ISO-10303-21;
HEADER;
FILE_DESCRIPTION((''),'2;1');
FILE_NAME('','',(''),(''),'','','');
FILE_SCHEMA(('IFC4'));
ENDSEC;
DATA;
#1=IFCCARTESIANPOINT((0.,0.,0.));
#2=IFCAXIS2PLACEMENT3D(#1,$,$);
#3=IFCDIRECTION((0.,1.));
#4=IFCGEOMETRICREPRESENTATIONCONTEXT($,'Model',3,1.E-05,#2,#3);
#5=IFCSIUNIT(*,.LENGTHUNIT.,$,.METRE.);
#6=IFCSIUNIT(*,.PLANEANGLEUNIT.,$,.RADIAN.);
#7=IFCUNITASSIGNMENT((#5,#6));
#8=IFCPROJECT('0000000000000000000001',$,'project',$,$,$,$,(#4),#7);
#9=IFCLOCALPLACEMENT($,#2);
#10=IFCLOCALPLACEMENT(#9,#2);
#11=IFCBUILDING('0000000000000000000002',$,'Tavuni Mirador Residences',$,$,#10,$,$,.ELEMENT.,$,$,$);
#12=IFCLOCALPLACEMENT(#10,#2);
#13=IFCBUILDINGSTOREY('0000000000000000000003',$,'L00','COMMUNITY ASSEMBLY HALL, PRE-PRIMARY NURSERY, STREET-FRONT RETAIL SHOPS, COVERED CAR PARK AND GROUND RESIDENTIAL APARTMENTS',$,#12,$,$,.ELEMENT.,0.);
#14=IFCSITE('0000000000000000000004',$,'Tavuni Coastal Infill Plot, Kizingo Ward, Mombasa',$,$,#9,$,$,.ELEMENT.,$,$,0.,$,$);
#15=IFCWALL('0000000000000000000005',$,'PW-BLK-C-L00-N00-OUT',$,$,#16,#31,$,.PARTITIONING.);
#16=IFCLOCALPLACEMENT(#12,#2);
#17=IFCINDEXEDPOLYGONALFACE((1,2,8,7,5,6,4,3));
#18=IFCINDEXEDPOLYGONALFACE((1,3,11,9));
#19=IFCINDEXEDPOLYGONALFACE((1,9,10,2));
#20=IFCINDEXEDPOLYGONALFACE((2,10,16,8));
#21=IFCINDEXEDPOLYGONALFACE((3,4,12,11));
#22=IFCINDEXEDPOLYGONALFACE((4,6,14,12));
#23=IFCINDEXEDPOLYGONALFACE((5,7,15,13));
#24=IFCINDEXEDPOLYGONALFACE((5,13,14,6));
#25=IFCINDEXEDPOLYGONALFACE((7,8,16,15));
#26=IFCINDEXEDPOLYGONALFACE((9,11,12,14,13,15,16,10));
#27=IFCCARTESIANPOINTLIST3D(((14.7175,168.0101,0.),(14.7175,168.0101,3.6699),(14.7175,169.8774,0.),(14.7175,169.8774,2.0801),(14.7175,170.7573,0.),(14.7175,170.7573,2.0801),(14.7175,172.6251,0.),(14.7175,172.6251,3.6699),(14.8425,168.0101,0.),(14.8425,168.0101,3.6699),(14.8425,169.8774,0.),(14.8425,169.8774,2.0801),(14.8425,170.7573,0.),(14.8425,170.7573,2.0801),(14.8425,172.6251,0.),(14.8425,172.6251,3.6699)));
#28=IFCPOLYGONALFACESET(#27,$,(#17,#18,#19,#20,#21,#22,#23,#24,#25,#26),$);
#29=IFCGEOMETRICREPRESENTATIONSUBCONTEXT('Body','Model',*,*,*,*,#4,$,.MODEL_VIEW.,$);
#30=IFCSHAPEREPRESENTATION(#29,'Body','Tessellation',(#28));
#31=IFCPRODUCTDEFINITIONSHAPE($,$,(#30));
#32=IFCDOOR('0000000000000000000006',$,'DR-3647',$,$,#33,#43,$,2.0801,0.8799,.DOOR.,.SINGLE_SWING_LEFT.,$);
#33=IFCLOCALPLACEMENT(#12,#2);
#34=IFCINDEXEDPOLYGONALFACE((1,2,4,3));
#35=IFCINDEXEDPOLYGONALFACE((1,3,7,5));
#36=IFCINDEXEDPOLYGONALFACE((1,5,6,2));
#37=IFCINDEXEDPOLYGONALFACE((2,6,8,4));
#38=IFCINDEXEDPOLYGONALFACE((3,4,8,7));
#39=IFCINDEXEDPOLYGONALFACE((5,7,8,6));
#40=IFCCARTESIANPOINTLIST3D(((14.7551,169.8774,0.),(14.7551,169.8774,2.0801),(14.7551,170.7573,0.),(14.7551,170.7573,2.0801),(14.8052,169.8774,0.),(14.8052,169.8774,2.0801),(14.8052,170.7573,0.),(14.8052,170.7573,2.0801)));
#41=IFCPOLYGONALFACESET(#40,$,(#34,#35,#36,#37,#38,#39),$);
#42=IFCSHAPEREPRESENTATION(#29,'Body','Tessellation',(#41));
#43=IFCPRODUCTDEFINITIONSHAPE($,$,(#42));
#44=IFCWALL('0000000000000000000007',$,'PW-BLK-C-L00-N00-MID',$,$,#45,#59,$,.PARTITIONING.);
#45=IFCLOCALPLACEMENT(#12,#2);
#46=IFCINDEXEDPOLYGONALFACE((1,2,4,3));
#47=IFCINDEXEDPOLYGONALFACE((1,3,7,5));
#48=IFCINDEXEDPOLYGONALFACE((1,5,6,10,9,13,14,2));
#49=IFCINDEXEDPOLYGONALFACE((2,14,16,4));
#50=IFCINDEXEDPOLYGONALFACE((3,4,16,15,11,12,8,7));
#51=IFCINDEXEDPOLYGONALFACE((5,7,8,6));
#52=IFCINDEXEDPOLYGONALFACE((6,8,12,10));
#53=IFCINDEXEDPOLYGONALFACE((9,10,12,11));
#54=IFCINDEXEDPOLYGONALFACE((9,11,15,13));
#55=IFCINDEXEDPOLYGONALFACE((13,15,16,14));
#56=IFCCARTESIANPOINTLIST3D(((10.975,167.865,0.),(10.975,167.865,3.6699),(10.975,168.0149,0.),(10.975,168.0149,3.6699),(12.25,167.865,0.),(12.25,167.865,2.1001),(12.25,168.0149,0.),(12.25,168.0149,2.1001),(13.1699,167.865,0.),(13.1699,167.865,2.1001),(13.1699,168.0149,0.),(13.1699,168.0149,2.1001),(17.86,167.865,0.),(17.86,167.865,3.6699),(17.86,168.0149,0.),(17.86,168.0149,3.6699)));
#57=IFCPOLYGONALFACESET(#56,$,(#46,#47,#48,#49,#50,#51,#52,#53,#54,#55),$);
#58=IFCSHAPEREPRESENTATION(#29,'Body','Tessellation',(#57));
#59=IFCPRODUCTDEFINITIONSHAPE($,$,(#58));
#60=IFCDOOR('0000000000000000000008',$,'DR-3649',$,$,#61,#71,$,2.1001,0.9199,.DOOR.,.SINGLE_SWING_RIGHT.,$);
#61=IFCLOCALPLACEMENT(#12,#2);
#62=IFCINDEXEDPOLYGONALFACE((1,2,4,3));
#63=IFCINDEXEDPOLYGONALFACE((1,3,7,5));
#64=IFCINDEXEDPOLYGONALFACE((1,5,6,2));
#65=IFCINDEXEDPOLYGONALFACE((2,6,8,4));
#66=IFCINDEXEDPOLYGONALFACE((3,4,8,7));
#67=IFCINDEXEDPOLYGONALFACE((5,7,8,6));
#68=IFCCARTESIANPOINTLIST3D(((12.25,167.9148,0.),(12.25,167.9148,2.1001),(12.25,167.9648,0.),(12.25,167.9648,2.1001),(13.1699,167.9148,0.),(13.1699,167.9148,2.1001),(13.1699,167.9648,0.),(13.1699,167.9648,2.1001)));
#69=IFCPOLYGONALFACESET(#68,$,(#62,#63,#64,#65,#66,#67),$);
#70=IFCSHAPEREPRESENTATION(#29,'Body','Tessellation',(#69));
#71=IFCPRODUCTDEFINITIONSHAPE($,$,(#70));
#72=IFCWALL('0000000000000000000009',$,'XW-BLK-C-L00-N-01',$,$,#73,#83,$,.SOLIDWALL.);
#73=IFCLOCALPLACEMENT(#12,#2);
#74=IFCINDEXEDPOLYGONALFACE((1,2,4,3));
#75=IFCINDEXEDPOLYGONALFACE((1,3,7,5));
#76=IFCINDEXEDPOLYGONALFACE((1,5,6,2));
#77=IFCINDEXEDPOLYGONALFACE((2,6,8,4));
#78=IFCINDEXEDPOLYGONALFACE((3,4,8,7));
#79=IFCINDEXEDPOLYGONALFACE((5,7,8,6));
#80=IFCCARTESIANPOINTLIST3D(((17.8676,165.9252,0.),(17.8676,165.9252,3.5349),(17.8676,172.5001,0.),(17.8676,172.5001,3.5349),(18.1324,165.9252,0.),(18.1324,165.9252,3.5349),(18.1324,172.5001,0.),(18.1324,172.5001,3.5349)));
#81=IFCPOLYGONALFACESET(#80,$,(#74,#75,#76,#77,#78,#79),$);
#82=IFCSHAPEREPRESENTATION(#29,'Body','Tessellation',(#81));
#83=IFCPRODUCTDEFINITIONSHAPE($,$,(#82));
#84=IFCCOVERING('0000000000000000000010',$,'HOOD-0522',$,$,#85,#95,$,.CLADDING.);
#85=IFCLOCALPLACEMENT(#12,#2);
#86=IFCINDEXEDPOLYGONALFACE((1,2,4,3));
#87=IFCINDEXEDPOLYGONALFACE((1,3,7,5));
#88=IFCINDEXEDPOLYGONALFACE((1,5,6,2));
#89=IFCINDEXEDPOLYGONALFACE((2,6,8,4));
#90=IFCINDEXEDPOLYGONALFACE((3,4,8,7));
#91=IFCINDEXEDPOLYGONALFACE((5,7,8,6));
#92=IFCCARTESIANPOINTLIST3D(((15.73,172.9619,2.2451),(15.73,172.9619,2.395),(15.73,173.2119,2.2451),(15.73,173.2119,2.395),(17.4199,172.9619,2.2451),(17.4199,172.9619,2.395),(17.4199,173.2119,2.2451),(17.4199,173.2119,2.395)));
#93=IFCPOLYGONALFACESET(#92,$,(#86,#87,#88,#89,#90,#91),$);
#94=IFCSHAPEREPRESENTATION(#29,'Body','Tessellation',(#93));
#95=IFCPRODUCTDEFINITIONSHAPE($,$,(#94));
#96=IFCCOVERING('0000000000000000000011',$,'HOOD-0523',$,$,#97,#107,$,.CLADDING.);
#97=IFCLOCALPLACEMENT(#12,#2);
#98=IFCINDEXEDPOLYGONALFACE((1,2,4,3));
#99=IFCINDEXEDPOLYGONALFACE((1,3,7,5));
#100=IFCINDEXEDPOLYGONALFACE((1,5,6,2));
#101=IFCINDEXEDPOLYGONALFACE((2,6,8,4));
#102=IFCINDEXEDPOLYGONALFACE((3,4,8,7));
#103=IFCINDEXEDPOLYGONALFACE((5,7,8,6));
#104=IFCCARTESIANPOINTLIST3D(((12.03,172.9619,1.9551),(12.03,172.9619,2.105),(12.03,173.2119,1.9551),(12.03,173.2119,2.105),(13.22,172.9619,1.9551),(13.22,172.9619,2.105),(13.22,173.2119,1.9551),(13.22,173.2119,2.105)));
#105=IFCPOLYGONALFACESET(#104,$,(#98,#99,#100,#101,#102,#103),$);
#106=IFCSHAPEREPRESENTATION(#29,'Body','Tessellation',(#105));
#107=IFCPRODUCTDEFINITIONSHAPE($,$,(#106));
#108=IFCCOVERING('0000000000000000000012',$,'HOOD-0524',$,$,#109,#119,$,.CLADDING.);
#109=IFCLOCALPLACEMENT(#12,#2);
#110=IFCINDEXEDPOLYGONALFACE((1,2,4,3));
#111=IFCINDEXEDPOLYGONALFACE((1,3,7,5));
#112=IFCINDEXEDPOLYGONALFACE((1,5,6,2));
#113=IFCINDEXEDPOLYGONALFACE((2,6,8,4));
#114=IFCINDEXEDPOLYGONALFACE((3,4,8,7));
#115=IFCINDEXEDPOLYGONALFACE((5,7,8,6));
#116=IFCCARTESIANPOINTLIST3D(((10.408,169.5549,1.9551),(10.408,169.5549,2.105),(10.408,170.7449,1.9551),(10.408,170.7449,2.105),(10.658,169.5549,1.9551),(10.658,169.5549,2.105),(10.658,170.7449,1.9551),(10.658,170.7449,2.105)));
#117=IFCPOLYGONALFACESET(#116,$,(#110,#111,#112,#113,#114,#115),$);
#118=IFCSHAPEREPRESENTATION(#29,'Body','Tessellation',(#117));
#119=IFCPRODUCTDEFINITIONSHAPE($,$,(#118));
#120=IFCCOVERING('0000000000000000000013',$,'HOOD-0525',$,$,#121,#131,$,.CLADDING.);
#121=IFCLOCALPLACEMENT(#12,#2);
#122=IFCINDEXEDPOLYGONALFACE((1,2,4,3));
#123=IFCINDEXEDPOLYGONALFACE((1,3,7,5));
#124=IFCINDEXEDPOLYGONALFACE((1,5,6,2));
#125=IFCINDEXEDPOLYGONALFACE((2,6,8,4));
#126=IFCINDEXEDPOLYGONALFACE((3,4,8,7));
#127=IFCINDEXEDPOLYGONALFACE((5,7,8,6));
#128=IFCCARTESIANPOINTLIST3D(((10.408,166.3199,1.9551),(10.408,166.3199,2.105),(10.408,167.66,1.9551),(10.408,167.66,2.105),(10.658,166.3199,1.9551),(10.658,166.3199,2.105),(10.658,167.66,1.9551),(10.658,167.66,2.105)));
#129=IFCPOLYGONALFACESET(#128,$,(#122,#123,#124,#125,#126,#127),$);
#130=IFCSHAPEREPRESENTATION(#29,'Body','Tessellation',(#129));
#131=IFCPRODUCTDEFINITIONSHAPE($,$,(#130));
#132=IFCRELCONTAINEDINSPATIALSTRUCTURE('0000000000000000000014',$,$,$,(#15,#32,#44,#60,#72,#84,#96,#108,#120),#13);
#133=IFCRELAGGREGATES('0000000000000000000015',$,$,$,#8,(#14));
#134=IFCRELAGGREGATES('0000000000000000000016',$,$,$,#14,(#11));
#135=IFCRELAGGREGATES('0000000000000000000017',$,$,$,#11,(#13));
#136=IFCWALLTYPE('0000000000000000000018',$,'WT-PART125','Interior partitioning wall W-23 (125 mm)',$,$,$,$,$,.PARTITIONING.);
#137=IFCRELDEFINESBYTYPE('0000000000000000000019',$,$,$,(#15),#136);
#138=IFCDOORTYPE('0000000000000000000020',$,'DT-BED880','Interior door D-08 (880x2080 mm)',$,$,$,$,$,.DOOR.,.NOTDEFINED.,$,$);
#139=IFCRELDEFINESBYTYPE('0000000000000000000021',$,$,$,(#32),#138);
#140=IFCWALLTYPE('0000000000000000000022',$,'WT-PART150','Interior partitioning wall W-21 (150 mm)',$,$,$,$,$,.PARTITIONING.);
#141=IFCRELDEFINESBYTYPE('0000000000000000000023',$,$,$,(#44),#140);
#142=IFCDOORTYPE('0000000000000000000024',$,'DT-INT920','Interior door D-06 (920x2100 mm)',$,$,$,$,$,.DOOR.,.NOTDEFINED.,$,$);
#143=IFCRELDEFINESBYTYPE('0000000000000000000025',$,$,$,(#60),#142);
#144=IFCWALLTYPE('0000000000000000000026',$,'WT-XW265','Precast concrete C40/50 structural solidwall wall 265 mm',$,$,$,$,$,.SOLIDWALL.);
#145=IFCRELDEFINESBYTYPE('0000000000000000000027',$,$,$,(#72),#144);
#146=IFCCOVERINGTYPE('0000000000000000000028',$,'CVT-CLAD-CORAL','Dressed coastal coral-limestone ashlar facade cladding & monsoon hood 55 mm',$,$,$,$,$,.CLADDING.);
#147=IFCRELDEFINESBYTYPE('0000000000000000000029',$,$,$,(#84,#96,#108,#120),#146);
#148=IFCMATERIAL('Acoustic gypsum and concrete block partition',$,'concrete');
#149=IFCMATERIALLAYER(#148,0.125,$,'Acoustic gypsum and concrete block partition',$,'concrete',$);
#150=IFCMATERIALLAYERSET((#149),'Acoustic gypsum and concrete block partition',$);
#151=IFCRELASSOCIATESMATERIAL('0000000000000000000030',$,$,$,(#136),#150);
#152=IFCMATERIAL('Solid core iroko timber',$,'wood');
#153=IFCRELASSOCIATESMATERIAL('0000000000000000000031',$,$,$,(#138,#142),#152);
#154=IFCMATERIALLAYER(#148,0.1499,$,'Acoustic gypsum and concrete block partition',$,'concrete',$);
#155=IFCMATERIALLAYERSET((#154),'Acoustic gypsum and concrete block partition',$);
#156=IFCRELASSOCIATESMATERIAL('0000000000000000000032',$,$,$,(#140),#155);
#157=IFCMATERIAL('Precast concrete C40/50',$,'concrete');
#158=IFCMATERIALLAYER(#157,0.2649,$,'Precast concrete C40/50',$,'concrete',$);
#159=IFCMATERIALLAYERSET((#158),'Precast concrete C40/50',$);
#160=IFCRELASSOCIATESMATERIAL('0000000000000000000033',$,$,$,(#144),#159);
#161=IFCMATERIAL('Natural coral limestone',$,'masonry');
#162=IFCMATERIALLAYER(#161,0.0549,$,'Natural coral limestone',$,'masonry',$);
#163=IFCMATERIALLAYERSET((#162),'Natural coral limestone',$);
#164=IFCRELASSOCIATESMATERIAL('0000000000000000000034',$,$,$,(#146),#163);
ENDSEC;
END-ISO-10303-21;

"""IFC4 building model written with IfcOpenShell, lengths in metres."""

from ifc_helpers import new_model, si_unit, direction, frame, frame_2d, origin, origin_2d, place, context, subcontext, project, spatial, rectangle, extrude, material, layer, layer_set, type_object, element, fill, save


model = new_model("IFC4")

# Units and contexts
model_context = context("Model", 3, precision=1e-05, world=origin(), true_north=direction((0.0, 1.0)))
body_context = subcontext(model_context, "Body", "Model", "MODEL_VIEW")
ifc_project = project(units=[si_unit("LENGTHUNIT", "METRE"), si_unit("PLANEANGLEUNIT", "RADIAN")], contexts=[model_context])

# Site, building, storey
site_placement = place(None, origin())
site = spatial("IfcSite", under=ifc_project, at=site_placement, Name="Tavuni Coastal Infill Plot, Kizingo Ward, Mombasa", CompositionType="ELEMENT", RefElevation=0.0)
building_placement = place(site_placement, origin())
building = spatial("IfcBuilding", under=site, at=building_placement, Name="Tavuni Mirador Residences", CompositionType="ELEMENT")
storey_placement = place(building_placement, origin())
storey = spatial("IfcBuildingStorey", under=building, at=storey_placement, Name="L00", Description="COMMUNITY ASSEMBLY HALL, PRE-PRIMARY NURSERY, STREET-FRONT RETAIL SHOPS, COVERED CAR PARK AND GROUND RESIDENTIAL APARTMENTS", CompositionType="ELEMENT", Elevation=0.0)

# Shared definitions
ifc_material_1 = material(Name="Precast concrete C40/50", Category="concrete")

# Shared definitions
ifc_material_2 = material(Name="Solid core iroko timber", Category="wood")

# Walls, openings, doors
ifc_material_3 = material(Name="Acoustic gypsum and concrete block partition", Category="concrete")
ifc_layer_1 = layer(ifc_material_3, 0.125, Name="Acoustic gypsum and concrete block partition", Category="concrete")
ifc_layer_set_1 = layer_set([ifc_layer_1], Name="Acoustic gypsum and concrete block partition")
wall_type_1 = type_object("IfcWallType", Name="WT-PART125", Description="Interior partitioning wall W-23 (125 mm)", PredefinedType="PARTITIONING", material=ifc_layer_set_1)
wall_1_placement = place(storey_placement, frame((14.78, 168.01, 0.0), z_axis=(0.0, 0.0, 1.0), x_axis=(0.0, 1.0, 0.0)))
wall_1 = element("IfcWall", 1, at=wall_1_placement, inside=storey, type_object=wall_type_1, Name="PW-BLK-C-L00-N00-OUT", PredefinedType="PARTITIONING", context=body_context, shape_type="SweptSolid", body=[
    extrude(rectangle(XDim=4.615, YDim=0.125, at=frame_2d((2.3076, 0.0))), origin(), (0.0, 0.0, 1.0), 3.6699),
])
opening_1_placement = place(wall_1_placement, frame((1.8674, 0.0, 0.0)))
opening_1 = element("IfcOpeningElement", 2, at=opening_1_placement, cuts=wall_1, PredefinedType="OPENING", context=body_context, shape_type="SweptSolid", body=[
    extrude(rectangle(XDim=0.8799, YDim=2.0801, at=frame_2d((0.4399, 1.04))), frame((0.0, 0.0725, 0.0), z_axis=(0.0, -1.0, 0.0), x_axis=(1.0, 0.0, 0.0)), (0.0, 0.0, 1.0), 0.145),
])
door_type_1 = type_object("IfcDoorType", Name="DT-BED880", Description="Interior door D-08 (880x2080 mm)", OperationType="NOTDEFINED", PredefinedType="DOOR", material=ifc_material_2)
door_1_placement = place(opening_1_placement, origin())
door_1 = element("IfcDoor", 3, at=door_1_placement, inside=storey, type_object=door_type_1, Name="DR-3647", OperationType="SINGLE_SWING_LEFT", OverallHeight=2.0801, OverallWidth=0.8799, PredefinedType="DOOR", context=body_context, shape_type="SweptSolid", body=[
    extrude(rectangle(XDim=0.8799, YDim=2.0801, at=frame_2d((0.4399, 1.04))), frame((0.0, 0.0249, 0.0), z_axis=(0.0, -1.0, 0.0), x_axis=(1.0, 0.0, 0.0)), (0.0, 0.0, 1.0), 0.05),
])
fill(opening_1, door_1)
ifc_layer_2 = layer(ifc_material_3, 0.1499, Name="Acoustic gypsum and concrete block partition", Category="concrete")
ifc_layer_set_2 = layer_set([ifc_layer_2], Name="Acoustic gypsum and concrete block partition")
wall_type_2 = type_object("IfcWallType", Name="WT-PART150", Description="Interior partitioning wall W-21 (150 mm)", PredefinedType="PARTITIONING", material=ifc_layer_set_2)
wall_2_placement = place(storey_placement, frame((10.9751, 167.9399, 0.0), z_axis=(0.0, 0.0, 1.0), x_axis=(1.0, 0.0, 0.0)))
wall_2 = element("IfcWall", 4, at=wall_2_placement, inside=storey, type_object=wall_type_2, Name="PW-BLK-C-L00-N00-MID", PredefinedType="PARTITIONING", context=body_context, shape_type="SweptSolid", body=[
    extrude(rectangle(XDim=6.885, YDim=0.1499, at=frame_2d((3.4424, 0.0))), origin(), (0.0, 0.0, 1.0), 3.6699),
])
opening_2_placement = place(wall_2_placement, frame((1.2749, 0.0, 0.0)))
opening_2 = element("IfcOpeningElement", 5, at=opening_2_placement, cuts=wall_2, PredefinedType="OPENING", context=body_context, shape_type="SweptSolid", body=[
    extrude(rectangle(XDim=0.9199, YDim=2.1001, at=frame_2d((0.46, 1.05))), frame((0.0, 0.085, 0.0), z_axis=(0.0, -1.0, 0.0), x_axis=(1.0, 0.0, 0.0)), (0.0, 0.0, 1.0), 0.1699),
])
door_type_2 = type_object("IfcDoorType", Name="DT-INT920", Description="Interior door D-06 (920x2100 mm)", OperationType="NOTDEFINED", PredefinedType="DOOR", material=ifc_material_2)
door_2_placement = place(opening_2_placement, origin())
door_2 = element("IfcDoor", 6, at=door_2_placement, inside=storey, type_object=door_type_2, Name="DR-3649", OperationType="SINGLE_SWING_RIGHT", OverallHeight=2.1001, OverallWidth=0.9199, PredefinedType="DOOR", context=body_context, shape_type="SweptSolid", body=[
    extrude(rectangle(XDim=0.9199, YDim=2.1001, at=frame_2d((0.46, 1.05))), frame((0.0, 0.0249, 0.0), z_axis=(0.0, -1.0, 0.0), x_axis=(1.0, 0.0, 0.0)), (0.0, 0.0, 1.0), 0.05),
])
fill(opening_2, door_2)

# Wall
ifc_layer_3 = layer(ifc_material_1, 0.2649, Name="Precast concrete C40/50", Category="concrete")
ifc_layer_set_3 = layer_set([ifc_layer_3], Name="Precast concrete C40/50")
wall_type_3 = type_object("IfcWallType", Name="WT-XW265", Description="Precast concrete C40/50 structural solidwall wall 265 mm", PredefinedType="SOLIDWALL", material=ifc_layer_set_3)
wall_3_placement = place(storey_placement, frame((18.0, 165.925, 0.0), z_axis=(0.0, 0.0, 1.0), x_axis=(0.0, 1.0, 0.0)))
element("IfcWall", 7, at=wall_3_placement, inside=storey, type_object=wall_type_3, Name="XW-BLK-C-L00-N-01", PredefinedType="SOLIDWALL", context=body_context, shape_type="SweptSolid", body=[
    extrude(rectangle(XDim=6.575, YDim=0.2649, at=frame_2d((3.2876, 0.0))), origin(), (0.0, 0.0, 1.0), 3.5349),
])

# Coverings
ifc_material_4 = material(Name="Natural coral limestone", Category="masonry")
ifc_layer_4 = layer(ifc_material_4, 0.0549, Name="Natural coral limestone", Category="masonry")
ifc_layer_set_4 = layer_set([ifc_layer_4], Name="Natural coral limestone")
covering_type = type_object("IfcCoveringType", Name="CVT-CLAD-CORAL", Description="Dressed coastal coral-limestone ashlar facade cladding & monsoon hood 55 mm", PredefinedType="CLADDING", material=ifc_layer_set_4)
covering_1_placement = place(storey_placement, frame((16.575, 173.0869, 2.2451), z_axis=(0.0, 0.0, 1.0), x_axis=(-1.0, 0.0, 0.0)))
element("IfcCovering", 8, at=covering_1_placement, inside=storey, type_object=covering_type, Name="HOOD-0522", PredefinedType="CLADDING", context=body_context, shape_type="SweptSolid", body=[
    extrude(rectangle(XDim=1.6899, YDim=0.25, at=origin_2d()), origin(), (0.0, 0.0, 1.0), 0.1499),
])
for number, where, z_axis, x_axis, name in (
    (9, (12.625, 173.0869, 1.9551), (0.0, 0.0, 1.0), (-1.0, 0.0, 0.0), "HOOD-0523"),
    (10, (10.533, 170.1499, 1.9551), (0.0, 0.0, 1.0), (0.0, -1.0, 0.0), "HOOD-0524"),
):
    element("IfcCovering", number, at=place(storey_placement, frame(where, z_axis=z_axis, x_axis=x_axis)), inside=storey, type_object=covering_type, Name=name, PredefinedType="CLADDING", context=body_context, shape_type="SweptSolid", body=[
        extrude(rectangle(XDim=1.1899, YDim=0.25, at=origin_2d()), origin(), (0.0, 0.0, 1.0), 0.1499),
    ])
covering_2_placement = place(storey_placement, frame((10.533, 166.99, 1.9551), z_axis=(0.0, 0.0, 1.0), x_axis=(0.0, -1.0, 0.0)))
element("IfcCovering", 11, at=covering_2_placement, inside=storey, type_object=covering_type, Name="HOOD-0525", PredefinedType="CLADDING", context=body_context, shape_type="SweptSolid", body=[
    extrude(rectangle(XDim=1.3401, YDim=0.25, at=origin_2d()), origin(), (0.0, 0.0, 1.0), 0.1499),
])

save(model, "model.ifc")
